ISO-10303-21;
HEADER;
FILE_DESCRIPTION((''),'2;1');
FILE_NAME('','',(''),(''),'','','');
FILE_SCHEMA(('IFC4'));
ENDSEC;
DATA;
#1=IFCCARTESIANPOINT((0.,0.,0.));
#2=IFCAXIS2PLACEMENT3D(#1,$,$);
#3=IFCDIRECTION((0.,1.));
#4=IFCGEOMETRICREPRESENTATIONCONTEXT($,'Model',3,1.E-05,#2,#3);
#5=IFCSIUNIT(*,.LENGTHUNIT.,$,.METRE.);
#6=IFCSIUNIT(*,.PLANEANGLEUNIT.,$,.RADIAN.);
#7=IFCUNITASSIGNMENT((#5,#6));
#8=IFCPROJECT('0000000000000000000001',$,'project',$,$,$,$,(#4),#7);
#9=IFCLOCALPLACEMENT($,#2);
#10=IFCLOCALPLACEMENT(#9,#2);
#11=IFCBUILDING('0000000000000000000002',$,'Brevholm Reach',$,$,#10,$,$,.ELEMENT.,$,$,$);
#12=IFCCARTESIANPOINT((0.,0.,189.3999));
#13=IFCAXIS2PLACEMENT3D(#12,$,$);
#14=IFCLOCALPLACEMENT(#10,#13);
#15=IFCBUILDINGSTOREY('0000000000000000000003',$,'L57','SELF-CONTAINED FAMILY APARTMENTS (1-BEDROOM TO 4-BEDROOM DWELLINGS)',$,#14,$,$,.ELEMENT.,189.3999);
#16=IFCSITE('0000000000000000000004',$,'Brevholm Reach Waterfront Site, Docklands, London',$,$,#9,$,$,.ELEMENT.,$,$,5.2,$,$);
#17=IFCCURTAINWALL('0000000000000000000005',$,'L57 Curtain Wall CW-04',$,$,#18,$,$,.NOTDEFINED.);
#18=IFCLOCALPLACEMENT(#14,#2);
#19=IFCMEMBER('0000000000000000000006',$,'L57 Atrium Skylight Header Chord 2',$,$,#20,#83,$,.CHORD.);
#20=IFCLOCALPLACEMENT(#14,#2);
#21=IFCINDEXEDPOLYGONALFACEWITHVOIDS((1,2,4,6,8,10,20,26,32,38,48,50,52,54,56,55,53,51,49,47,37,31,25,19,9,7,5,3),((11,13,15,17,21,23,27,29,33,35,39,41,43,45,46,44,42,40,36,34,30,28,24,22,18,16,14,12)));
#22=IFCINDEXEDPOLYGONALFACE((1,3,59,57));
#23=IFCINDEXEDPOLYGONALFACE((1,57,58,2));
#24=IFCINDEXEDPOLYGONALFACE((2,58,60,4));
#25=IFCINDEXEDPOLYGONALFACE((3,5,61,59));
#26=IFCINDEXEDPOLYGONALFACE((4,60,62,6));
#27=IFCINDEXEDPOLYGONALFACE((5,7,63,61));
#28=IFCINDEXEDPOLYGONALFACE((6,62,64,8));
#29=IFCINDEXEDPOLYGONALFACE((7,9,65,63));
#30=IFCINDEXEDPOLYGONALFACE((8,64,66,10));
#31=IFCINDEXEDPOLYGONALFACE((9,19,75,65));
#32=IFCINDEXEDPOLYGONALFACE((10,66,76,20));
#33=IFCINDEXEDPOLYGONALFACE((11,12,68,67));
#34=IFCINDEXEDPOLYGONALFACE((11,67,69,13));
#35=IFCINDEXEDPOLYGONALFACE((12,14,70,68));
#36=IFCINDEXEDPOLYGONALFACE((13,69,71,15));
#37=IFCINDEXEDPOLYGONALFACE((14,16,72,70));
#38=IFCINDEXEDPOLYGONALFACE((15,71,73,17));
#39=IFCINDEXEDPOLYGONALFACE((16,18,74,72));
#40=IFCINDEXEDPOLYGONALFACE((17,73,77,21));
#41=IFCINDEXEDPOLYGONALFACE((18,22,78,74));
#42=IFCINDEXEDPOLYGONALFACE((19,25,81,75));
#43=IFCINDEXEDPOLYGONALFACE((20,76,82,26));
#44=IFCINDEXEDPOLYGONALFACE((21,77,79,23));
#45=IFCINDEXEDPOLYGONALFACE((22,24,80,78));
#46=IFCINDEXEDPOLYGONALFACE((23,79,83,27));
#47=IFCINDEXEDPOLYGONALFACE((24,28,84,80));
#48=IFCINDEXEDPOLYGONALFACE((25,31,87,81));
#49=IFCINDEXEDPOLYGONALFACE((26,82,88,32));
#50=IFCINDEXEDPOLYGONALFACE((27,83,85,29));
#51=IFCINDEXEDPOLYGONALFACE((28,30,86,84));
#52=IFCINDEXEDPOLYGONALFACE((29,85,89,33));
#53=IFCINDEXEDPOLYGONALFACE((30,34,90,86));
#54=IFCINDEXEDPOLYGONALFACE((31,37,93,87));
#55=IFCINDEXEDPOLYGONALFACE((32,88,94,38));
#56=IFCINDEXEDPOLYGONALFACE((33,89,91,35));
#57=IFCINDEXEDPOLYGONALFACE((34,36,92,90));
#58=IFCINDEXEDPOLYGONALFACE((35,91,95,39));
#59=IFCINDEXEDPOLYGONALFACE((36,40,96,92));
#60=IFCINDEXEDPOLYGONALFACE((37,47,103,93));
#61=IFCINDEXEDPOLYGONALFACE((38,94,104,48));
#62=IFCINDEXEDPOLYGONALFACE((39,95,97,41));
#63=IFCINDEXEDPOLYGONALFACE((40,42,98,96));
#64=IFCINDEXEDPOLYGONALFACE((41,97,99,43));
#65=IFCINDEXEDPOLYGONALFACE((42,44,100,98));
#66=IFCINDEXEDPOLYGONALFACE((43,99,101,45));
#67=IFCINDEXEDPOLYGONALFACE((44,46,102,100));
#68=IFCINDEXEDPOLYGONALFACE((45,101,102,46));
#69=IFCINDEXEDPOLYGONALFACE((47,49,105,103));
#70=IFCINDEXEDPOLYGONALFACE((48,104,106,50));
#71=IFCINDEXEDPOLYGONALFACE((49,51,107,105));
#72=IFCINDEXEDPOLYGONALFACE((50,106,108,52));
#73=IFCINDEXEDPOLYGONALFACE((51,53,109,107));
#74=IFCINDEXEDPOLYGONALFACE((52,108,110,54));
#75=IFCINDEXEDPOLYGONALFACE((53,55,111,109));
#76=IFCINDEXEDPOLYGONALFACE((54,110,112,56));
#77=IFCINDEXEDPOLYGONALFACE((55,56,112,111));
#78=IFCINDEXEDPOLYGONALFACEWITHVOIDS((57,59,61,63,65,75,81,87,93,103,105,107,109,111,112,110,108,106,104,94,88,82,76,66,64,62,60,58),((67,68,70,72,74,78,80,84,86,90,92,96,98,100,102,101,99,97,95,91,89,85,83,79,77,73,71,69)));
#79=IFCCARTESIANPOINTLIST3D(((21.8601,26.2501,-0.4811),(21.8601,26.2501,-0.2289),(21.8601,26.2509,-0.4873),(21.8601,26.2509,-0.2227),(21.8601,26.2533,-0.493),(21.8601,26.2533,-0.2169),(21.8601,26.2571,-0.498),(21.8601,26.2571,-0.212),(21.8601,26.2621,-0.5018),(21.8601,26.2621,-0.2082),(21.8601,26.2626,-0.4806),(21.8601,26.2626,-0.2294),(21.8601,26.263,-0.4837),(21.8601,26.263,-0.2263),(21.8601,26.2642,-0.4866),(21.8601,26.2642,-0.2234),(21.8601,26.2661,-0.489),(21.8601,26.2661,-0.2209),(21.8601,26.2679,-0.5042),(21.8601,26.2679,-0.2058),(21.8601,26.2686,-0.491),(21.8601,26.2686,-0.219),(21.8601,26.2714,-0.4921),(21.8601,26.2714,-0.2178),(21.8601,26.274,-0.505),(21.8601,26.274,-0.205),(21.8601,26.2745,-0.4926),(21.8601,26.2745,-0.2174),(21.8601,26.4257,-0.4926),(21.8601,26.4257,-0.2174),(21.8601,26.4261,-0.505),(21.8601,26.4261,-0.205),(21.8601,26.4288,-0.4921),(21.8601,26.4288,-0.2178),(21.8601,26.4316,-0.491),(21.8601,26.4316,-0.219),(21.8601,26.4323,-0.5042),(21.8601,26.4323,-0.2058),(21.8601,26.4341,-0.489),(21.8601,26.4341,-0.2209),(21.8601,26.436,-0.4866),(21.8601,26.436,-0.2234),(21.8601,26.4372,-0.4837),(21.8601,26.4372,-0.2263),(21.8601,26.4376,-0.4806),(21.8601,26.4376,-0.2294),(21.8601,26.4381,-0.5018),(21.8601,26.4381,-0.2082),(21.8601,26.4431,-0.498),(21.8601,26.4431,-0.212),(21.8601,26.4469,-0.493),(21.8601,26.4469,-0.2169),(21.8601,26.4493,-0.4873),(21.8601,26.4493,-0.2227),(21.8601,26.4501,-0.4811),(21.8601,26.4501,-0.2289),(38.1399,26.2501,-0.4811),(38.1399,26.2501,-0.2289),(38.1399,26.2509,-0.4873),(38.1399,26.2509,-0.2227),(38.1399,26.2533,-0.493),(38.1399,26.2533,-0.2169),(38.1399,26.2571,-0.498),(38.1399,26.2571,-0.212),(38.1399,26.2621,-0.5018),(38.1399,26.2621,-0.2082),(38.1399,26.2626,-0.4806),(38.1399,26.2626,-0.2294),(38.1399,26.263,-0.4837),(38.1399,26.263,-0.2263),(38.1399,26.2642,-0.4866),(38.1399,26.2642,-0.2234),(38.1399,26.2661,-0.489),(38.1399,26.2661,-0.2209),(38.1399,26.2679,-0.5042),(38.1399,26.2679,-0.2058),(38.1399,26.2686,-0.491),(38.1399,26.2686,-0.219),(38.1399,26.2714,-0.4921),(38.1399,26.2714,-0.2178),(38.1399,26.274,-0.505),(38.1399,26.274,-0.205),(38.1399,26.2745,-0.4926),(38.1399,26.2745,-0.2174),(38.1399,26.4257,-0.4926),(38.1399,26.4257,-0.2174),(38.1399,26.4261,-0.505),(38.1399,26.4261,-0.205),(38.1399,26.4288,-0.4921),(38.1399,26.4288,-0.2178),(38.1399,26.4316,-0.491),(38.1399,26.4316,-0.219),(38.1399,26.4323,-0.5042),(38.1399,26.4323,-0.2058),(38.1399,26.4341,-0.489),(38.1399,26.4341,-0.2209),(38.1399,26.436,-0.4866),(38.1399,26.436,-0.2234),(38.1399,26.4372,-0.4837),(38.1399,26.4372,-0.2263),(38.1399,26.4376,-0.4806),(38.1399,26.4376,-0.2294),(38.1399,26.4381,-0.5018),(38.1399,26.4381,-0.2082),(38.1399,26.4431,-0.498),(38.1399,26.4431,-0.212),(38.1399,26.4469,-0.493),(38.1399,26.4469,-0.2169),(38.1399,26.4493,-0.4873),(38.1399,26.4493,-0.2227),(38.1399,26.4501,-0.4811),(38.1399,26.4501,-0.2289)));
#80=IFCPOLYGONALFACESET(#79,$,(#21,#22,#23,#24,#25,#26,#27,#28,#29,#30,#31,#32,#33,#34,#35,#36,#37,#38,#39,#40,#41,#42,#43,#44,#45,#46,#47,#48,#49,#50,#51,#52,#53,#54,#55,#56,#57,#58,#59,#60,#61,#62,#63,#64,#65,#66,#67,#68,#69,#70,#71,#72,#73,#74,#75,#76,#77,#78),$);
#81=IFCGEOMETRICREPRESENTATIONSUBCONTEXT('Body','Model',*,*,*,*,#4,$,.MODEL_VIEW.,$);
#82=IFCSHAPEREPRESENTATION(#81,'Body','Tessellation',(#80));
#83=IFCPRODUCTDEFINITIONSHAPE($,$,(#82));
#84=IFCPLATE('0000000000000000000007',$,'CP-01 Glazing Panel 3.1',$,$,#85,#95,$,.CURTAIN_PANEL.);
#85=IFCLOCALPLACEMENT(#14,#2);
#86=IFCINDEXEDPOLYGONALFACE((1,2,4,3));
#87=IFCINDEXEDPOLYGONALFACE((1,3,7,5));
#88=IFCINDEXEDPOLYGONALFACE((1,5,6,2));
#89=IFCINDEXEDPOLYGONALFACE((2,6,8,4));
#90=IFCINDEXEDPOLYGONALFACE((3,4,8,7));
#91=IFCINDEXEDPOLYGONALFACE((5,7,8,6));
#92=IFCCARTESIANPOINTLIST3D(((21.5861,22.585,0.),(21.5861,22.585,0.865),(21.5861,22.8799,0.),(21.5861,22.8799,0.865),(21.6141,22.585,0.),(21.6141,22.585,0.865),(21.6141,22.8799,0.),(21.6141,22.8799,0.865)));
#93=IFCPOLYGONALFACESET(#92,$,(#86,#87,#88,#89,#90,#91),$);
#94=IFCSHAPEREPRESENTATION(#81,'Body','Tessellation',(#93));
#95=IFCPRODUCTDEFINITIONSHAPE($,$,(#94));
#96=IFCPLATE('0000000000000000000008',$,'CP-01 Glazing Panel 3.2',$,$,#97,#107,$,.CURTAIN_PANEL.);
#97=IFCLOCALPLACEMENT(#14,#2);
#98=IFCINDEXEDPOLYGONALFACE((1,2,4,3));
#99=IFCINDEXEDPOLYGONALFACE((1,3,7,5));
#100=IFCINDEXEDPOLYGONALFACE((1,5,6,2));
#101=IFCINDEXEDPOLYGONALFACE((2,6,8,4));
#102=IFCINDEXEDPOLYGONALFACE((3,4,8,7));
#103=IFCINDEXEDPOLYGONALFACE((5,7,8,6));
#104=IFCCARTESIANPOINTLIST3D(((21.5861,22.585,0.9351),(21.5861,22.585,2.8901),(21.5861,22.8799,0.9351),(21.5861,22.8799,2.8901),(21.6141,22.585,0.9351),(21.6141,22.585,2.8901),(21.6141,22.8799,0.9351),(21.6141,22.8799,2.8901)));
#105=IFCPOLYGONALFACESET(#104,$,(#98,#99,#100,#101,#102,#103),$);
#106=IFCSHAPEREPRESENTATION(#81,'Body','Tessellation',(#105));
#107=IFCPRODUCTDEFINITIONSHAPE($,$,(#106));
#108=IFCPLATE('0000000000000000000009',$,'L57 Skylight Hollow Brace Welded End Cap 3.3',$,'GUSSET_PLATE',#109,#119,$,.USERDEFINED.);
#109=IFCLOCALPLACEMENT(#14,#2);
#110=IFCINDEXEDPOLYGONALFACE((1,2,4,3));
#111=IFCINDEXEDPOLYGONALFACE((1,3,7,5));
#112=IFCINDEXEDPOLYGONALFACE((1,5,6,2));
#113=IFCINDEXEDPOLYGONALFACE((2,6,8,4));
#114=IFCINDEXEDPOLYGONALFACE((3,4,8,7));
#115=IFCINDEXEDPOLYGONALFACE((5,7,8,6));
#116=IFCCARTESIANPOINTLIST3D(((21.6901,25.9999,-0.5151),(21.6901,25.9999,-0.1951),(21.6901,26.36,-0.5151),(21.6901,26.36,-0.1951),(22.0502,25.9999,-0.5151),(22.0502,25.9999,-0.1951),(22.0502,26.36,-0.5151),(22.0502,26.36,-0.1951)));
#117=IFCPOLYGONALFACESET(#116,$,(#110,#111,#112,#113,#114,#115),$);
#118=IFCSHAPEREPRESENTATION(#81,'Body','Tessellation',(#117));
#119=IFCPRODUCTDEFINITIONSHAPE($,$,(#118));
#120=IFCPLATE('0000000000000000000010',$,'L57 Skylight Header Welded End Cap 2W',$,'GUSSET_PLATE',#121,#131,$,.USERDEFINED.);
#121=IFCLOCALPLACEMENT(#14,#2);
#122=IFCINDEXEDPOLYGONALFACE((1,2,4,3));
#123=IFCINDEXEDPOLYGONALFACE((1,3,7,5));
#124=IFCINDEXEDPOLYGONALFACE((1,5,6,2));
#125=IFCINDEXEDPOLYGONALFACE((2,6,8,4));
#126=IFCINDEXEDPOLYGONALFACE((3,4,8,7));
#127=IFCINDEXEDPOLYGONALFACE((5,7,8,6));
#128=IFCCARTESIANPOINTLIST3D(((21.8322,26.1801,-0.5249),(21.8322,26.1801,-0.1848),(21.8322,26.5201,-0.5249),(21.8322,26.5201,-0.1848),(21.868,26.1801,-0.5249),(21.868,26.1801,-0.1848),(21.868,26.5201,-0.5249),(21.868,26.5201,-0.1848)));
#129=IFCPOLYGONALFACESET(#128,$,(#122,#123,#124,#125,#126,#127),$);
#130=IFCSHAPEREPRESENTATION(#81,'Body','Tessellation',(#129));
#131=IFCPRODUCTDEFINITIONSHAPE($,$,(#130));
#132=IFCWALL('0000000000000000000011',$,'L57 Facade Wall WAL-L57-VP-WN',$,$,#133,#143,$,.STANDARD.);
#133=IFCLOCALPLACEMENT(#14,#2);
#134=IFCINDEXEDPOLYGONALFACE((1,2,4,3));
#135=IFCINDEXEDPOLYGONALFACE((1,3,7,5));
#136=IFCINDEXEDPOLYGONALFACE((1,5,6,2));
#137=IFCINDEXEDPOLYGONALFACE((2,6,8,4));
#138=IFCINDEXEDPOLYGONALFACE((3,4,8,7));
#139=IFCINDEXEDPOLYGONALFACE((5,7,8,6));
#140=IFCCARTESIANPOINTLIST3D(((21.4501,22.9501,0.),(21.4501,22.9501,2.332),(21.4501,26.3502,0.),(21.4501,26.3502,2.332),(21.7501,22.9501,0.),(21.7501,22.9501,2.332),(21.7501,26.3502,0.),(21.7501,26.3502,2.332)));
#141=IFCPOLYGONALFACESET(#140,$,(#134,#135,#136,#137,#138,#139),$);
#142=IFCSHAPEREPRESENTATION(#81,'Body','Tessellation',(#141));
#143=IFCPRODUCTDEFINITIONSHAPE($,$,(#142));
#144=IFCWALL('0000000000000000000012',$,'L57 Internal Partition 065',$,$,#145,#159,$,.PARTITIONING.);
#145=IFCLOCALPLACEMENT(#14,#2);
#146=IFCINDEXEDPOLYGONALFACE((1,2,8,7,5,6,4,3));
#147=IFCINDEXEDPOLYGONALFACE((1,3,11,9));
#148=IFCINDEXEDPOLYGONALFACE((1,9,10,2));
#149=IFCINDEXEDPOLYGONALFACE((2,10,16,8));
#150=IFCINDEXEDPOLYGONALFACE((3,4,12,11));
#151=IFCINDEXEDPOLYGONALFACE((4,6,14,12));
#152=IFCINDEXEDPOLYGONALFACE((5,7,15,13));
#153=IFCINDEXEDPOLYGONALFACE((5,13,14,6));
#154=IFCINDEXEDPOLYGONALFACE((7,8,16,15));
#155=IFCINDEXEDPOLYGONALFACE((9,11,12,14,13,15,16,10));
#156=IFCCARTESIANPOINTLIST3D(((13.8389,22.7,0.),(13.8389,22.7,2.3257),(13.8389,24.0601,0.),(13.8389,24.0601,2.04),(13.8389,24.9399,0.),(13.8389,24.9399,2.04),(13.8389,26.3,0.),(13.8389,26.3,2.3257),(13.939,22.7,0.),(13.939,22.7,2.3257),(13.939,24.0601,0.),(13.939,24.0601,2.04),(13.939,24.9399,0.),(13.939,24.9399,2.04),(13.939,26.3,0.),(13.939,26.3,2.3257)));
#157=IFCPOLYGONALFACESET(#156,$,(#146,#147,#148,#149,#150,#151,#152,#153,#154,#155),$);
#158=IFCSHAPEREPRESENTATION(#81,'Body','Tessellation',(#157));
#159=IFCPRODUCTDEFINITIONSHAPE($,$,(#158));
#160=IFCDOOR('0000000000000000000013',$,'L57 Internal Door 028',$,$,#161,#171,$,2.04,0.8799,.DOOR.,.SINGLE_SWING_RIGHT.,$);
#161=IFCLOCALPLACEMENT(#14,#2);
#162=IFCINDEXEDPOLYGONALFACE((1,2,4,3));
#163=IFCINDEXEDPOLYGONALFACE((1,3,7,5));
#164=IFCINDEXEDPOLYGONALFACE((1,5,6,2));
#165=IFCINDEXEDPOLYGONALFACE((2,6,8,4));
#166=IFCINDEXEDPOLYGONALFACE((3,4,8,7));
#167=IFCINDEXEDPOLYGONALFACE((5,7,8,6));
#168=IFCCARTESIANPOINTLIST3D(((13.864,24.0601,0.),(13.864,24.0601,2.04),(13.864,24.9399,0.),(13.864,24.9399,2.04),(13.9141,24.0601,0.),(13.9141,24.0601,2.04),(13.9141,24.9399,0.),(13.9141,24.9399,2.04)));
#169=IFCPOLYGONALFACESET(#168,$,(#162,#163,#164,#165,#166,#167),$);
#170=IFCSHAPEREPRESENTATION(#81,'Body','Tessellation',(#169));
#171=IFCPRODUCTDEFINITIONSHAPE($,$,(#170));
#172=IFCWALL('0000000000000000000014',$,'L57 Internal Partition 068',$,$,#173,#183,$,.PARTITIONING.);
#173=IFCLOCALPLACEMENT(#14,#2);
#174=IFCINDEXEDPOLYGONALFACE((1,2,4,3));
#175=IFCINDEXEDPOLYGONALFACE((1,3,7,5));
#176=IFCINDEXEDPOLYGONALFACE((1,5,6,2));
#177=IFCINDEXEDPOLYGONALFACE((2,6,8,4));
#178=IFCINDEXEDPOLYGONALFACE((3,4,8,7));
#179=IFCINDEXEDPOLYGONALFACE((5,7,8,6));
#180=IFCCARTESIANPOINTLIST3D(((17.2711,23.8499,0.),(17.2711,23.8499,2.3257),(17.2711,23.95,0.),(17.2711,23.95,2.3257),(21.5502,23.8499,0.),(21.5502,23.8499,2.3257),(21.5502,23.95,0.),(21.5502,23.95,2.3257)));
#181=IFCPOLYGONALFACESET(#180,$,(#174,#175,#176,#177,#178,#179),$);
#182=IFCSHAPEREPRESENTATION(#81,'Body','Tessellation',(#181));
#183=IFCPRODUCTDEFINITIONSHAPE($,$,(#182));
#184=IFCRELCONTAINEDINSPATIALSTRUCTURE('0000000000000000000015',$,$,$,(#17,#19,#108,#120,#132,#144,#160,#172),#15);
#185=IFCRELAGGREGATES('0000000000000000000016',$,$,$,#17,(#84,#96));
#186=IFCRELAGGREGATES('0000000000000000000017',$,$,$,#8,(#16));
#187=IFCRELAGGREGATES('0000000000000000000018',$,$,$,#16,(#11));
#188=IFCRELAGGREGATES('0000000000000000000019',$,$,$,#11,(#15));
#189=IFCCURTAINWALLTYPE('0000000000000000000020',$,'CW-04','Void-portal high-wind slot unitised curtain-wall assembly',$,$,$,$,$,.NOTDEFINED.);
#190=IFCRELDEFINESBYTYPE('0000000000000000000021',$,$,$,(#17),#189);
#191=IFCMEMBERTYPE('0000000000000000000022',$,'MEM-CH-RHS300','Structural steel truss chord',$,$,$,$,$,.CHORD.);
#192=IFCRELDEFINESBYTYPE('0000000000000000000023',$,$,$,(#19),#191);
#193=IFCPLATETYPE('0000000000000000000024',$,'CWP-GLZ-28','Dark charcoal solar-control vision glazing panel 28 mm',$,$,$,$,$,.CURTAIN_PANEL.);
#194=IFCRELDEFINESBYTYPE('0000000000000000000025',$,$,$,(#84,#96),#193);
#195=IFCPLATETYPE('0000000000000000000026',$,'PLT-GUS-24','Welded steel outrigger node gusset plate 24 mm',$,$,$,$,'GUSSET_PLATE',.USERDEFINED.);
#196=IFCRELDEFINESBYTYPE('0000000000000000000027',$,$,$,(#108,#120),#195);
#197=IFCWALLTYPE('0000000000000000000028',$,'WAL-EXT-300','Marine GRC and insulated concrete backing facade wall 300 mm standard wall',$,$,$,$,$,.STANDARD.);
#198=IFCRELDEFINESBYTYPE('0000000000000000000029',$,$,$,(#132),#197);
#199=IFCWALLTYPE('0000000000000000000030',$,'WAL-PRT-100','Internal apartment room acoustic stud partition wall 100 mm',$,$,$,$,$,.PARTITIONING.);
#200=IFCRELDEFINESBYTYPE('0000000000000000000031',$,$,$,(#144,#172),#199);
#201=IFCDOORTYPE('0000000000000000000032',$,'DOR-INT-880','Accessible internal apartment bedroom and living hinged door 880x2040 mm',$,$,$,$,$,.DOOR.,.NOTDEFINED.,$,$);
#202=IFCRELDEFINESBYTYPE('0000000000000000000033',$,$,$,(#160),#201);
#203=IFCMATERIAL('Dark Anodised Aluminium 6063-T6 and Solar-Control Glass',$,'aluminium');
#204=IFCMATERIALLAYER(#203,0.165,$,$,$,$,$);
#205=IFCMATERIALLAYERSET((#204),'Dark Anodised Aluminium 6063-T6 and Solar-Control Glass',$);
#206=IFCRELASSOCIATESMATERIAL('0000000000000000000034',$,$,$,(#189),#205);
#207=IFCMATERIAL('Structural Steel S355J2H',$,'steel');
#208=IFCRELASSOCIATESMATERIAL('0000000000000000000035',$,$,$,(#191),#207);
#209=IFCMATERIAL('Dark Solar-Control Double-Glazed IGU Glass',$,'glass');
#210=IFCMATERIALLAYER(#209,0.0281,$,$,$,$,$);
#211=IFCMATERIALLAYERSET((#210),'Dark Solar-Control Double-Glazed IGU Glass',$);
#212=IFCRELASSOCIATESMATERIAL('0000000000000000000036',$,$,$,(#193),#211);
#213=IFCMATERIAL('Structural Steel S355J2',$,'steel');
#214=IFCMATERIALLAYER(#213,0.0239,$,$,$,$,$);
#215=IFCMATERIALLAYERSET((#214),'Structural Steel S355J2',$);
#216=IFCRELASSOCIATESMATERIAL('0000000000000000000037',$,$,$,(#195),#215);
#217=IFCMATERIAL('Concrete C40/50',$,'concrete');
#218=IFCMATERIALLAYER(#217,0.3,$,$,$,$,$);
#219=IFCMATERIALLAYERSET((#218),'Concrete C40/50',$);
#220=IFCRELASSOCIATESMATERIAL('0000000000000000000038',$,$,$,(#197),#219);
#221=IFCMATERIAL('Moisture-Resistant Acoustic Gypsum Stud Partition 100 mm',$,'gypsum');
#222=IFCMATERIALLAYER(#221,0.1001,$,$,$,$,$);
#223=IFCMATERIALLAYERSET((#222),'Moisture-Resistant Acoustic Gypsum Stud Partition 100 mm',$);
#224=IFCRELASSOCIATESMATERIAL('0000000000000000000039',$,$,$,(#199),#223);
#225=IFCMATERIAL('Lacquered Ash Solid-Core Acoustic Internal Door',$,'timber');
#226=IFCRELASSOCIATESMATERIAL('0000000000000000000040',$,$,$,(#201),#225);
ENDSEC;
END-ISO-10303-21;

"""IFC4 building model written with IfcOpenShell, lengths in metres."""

from ifc_helpers import new_model, si_unit, direction, frame, frame_2d, origin, origin_2d, place, context, subcontext, project, spatial, rectangle, hollow_rectangle, extrude, material, layer, layer_set, material_profile, profile_set, type_object, element, fill, aggregate, save


model = new_model("IFC4")

# Units and contexts
model_context = context("Model", 3, precision=1e-05, world=origin(), true_north=direction((0.0, 1.0)))
body_context = subcontext(model_context, "Body", "Model", "MODEL_VIEW")
ifc_project = project(units=[si_unit("LENGTHUNIT", "METRE"), si_unit("PLANEANGLEUNIT", "RADIAN")], contexts=[model_context])

# Site, building, storey
site_placement = place(None, origin())
site = spatial("IfcSite", under=ifc_project, at=site_placement, Name="Brevholm Reach Waterfront Site, Docklands, London", CompositionType="ELEMENT", RefElevation=5.2)
building_placement = place(site_placement, origin())
building = spatial("IfcBuilding", under=site, at=building_placement, Name="Brevholm Reach", CompositionType="ELEMENT")
storey_placement = place(building_placement, frame((0.0, 0.0, 189.3999)))
storey = spatial("IfcBuildingStorey", under=building, at=storey_placement, Name="L57", Description="SELF-CONTAINED FAMILY APARTMENTS (1-BEDROOM TO 4-BEDROOM DWELLINGS)", CompositionType="ELEMENT", Elevation=189.3999)

# Curtain wall
ifc_material_1 = material(Name="Dark Anodised Aluminium 6063-T6 and Solar-Control Glass", Category="aluminium")
ifc_layer_1 = layer(ifc_material_1, 0.165)
ifc_layer_set_1 = layer_set([ifc_layer_1], Name="Dark Anodised Aluminium 6063-T6 and Solar-Control Glass")
curtain_wall_type = type_object("IfcCurtainWallType", Name="CW-04", Description="Void-portal high-wind slot unitised curtain-wall assembly", PredefinedType="NOTDEFINED", material=ifc_layer_set_1)
curtain_wall_placement = place(storey_placement, origin())
curtain_wall = element("IfcCurtainWall", 1, at=curtain_wall_placement, inside=storey, type_object=curtain_wall_type, Name="L57 Curtain Wall CW-04", PredefinedType="NOTDEFINED")

# Member
ifc_material_2 = material(Name="Structural Steel S355J2H", Category="steel")
ifc_material_profile_1 = material_profile(ifc_material_2, hollow_rectangle(XDim=0.2, YDim=0.3, WallThickness=0.0125, InnerFilletRadius=0.012, OuterFilletRadius=0.0239, at=origin_2d()), Name="RHS 300x200x12.5")
ifc_profile_set_1 = profile_set([ifc_material_profile_1], Name="Structural Steel S355J2H")
member_type_1 = type_object("IfcMemberType", Name="MEM-CH-RHS300", Description="Structural steel truss chord", PredefinedType="CHORD", material=ifc_profile_set_1)
member_1_placement = place(storey_placement, frame((21.8601, 26.3501, -0.355), z_axis=(1.0, 0.0, 0.0), x_axis=(0.0, 1.0, 0.0)))
element("IfcMember", 2, at=member_1_placement, inside=storey, type_object=member_type_1, Name="L57 Atrium Skylight Header Chord 2", PredefinedType="CHORD", context=body_context, shape_type="SweptSolid", body=[
    extrude(hollow_rectangle(XDim=0.2, YDim=0.3, WallThickness=0.0125, InnerFilletRadius=0.012, OuterFilletRadius=0.0239, at=origin_2d()), origin(), (0.0, 0.0, 1.0), 16.2798),
])

# Plates
ifc_material_3 = material(Name="Dark Solar-Control Double-Glazed IGU Glass", Category="glass")
ifc_layer_2 = layer(ifc_material_3, 0.0281)
ifc_layer_set_2 = layer_set([ifc_layer_2], Name="Dark Solar-Control Double-Glazed IGU Glass")
plate_type_1 = type_object("IfcPlateType", Name="CWP-GLZ-28", Description="Dark charcoal solar-control vision glazing panel 28 mm", PredefinedType="CURTAIN_PANEL", material=ifc_layer_set_2)
plate_1_placement = place(storey_placement, frame((21.6001, 22.7324, 0.0), z_axis=(0.0, 0.0, 1.0), x_axis=(0.0, 1.0, 0.0)))
plate_1 = element("IfcPlate", 3, at=plate_1_placement, type_object=plate_type_1, Name="CP-01 Glazing Panel 3.1", PredefinedType="CURTAIN_PANEL", context=body_context, shape_type="SweptSolid", body=[
    extrude(rectangle(XDim=0.2949, YDim=0.0281, at=origin_2d()), origin(), (0.0, 0.0, 1.0), 0.865),
])
plate_2_placement = place(storey_placement, frame((21.6001, 22.7324, 0.9351), z_axis=(0.0, 0.0, 1.0), x_axis=(0.0, 1.0, 0.0)))
plate_2 = element("IfcPlate", 4, at=plate_2_placement, type_object=plate_type_1, Name="CP-01 Glazing Panel 3.2", PredefinedType="CURTAIN_PANEL", context=body_context, shape_type="SweptSolid", body=[
    extrude(rectangle(XDim=0.2949, YDim=0.0281, at=origin_2d()), origin(), (0.0, 0.0, 1.0), 1.9551),
])
aggregate(curtain_wall, [plate_1, plate_2])

# Plates
ifc_material_4 = material(Name="Structural Steel S355J2", Category="steel")
ifc_layer_3 = layer(ifc_material_4, 0.0239)
ifc_layer_set_3 = layer_set([ifc_layer_3], Name="Structural Steel S355J2")
plate_type_2 = type_object("IfcPlateType", Name="PLT-GUS-24", Description="Welded steel outrigger node gusset plate 24 mm", ElementType="GUSSET_PLATE", PredefinedType="USERDEFINED", material=ifc_layer_set_3)
plate_3_placement = place(storey_placement, frame((21.8701, 26.1799, -0.5151), z_axis=(0.0, 0.0, 1.0), x_axis=(1.0, 0.0, 0.0)))
element("IfcPlate", 5, at=plate_3_placement, inside=storey, type_object=plate_type_2, Name="L57 Skylight Hollow Brace Welded End Cap 3.3", ObjectType="GUSSET_PLATE", PredefinedType="USERDEFINED", context=body_context, shape_type="SweptSolid", body=[
    extrude(rectangle(XDim=0.3601, YDim=0.3601, at=origin_2d()), origin(), (0.0, 0.0, 1.0), 0.3201),
])
plate_4_placement = place(storey_placement, frame((21.8501, 26.3501, -0.5249), z_axis=(0.0, 0.0, 1.0), x_axis=(1.0, 0.0, 0.0)))
element("IfcPlate", 6, at=plate_4_placement, inside=storey, type_object=plate_type_2, Name="L57 Skylight Header Welded End Cap 2W", ObjectType="GUSSET_PLATE", PredefinedType="USERDEFINED", context=body_context, shape_type="SweptSolid", body=[
    extrude(rectangle(XDim=0.0359, YDim=0.3401, at=origin_2d()), origin(), (0.0, 0.0, 1.0), 0.3401),
])

# Wall
ifc_material_5 = material(Name="Concrete C40/50", Category="concrete")
ifc_layer_4 = layer(ifc_material_5, 0.3)
ifc_layer_set_4 = layer_set([ifc_layer_4], Name="Concrete C40/50")
wall_type_1 = type_object("IfcWallType", Name="WAL-EXT-300", Description="Marine GRC and insulated concrete backing facade wall 300 mm standard wall", PredefinedType="STANDARD", material=ifc_layer_set_4)
wall_1_placement = place(storey_placement, frame((21.6001, 22.95, 0.0), z_axis=(0.0, 0.0, 1.0), x_axis=(0.0, 1.0, 0.0)))
element("IfcWall", 7, at=wall_1_placement, inside=storey, type_object=wall_type_1, Name="L57 Facade Wall WAL-L57-VP-WN", PredefinedType="STANDARD", context=body_context, shape_type="SweptSolid", body=[
    extrude(rectangle(XDim=3.4001, YDim=0.3, at=frame_2d((1.7002, 0.0))), origin(), (0.0, 0.0, 1.0), 2.332),
])

# Wall, opening, door
ifc_material_6 = material(Name="Moisture-Resistant Acoustic Gypsum Stud Partition 100 mm", Category="gypsum")
ifc_layer_5 = layer(ifc_material_6, 0.1001)
ifc_layer_set_5 = layer_set([ifc_layer_5], Name="Moisture-Resistant Acoustic Gypsum Stud Partition 100 mm")
wall_type_2 = type_object("IfcWallType", Name="WAL-PRT-100", Description="Internal apartment room acoustic stud partition wall 100 mm", PredefinedType="PARTITIONING", material=ifc_layer_set_5)
wall_2_placement = place(storey_placement, frame((13.8889, 22.7, 0.0), z_axis=(0.0, 0.0, 1.0), x_axis=(0.0, 1.0, 0.0)))
wall_2 = element("IfcWall", 8, at=wall_2_placement, inside=storey, type_object=wall_type_2, Name="L57 Internal Partition 065", PredefinedType="PARTITIONING", context=body_context, shape_type="SweptSolid", body=[
    extrude(rectangle(XDim=3.6001, YDim=0.1001, at=frame_2d((1.8, 0.0))), origin(), (0.0, 0.0, 1.0), 2.3257),
])
opening_placement = place(wall_2_placement, frame((1.3601, 0.0, 0.0)))
opening = element("IfcOpeningElement", 9, at=opening_placement, cuts=wall_2, PredefinedType="OPENING", context=body_context, shape_type="SweptSolid", body=[
    extrude(rectangle(XDim=0.8799, YDim=2.04, at=frame_2d((0.4399, 1.02))), frame((0.0, 0.0601, 0.0), z_axis=(0.0, -1.0, 0.0), x_axis=(1.0, 0.0, 0.0)), (0.0, 0.0, 1.0), 0.1201),
])
ifc_material_7 = material(Name="Lacquered Ash Solid-Core Acoustic Internal Door", Category="timber")
door_type = type_object("IfcDoorType", Name="DOR-INT-880", Description="Accessible internal apartment bedroom and living hinged door 880x2040 mm", OperationType="NOTDEFINED", PredefinedType="DOOR", material=ifc_material_7)
door_placement = place(opening_placement, origin())
door = element("IfcDoor", 10, at=door_placement, inside=storey, type_object=door_type, Name="L57 Internal Door 028", OperationType="SINGLE_SWING_RIGHT", OverallHeight=2.04, OverallWidth=0.8799, PredefinedType="DOOR", context=body_context, shape_type="SweptSolid", body=[
    extrude(rectangle(XDim=0.8799, YDim=2.04, at=frame_2d((0.4399, 1.02))), frame((0.0, 0.0249, 0.0), z_axis=(0.0, -1.0, 0.0), x_axis=(1.0, 0.0, 0.0)), (0.0, 0.0, 1.0), 0.05),
])
fill(opening, door)

# Wall
wall_3_placement = place(storey_placement, frame((17.271, 23.8999, 0.0), z_axis=(0.0, 0.0, 1.0), x_axis=(1.0, 0.0, 0.0)))
element("IfcWall", 11, at=wall_3_placement, inside=storey, type_object=wall_type_2, Name="L57 Internal Partition 068", PredefinedType="PARTITIONING", context=body_context, shape_type="SweptSolid", body=[
    extrude(rectangle(XDim=4.2791, YDim=0.1001, at=frame_2d((2.1396, 0.0))), origin(), (0.0, 0.0, 1.0), 2.3257),
])

save(model, "model.ifc")
